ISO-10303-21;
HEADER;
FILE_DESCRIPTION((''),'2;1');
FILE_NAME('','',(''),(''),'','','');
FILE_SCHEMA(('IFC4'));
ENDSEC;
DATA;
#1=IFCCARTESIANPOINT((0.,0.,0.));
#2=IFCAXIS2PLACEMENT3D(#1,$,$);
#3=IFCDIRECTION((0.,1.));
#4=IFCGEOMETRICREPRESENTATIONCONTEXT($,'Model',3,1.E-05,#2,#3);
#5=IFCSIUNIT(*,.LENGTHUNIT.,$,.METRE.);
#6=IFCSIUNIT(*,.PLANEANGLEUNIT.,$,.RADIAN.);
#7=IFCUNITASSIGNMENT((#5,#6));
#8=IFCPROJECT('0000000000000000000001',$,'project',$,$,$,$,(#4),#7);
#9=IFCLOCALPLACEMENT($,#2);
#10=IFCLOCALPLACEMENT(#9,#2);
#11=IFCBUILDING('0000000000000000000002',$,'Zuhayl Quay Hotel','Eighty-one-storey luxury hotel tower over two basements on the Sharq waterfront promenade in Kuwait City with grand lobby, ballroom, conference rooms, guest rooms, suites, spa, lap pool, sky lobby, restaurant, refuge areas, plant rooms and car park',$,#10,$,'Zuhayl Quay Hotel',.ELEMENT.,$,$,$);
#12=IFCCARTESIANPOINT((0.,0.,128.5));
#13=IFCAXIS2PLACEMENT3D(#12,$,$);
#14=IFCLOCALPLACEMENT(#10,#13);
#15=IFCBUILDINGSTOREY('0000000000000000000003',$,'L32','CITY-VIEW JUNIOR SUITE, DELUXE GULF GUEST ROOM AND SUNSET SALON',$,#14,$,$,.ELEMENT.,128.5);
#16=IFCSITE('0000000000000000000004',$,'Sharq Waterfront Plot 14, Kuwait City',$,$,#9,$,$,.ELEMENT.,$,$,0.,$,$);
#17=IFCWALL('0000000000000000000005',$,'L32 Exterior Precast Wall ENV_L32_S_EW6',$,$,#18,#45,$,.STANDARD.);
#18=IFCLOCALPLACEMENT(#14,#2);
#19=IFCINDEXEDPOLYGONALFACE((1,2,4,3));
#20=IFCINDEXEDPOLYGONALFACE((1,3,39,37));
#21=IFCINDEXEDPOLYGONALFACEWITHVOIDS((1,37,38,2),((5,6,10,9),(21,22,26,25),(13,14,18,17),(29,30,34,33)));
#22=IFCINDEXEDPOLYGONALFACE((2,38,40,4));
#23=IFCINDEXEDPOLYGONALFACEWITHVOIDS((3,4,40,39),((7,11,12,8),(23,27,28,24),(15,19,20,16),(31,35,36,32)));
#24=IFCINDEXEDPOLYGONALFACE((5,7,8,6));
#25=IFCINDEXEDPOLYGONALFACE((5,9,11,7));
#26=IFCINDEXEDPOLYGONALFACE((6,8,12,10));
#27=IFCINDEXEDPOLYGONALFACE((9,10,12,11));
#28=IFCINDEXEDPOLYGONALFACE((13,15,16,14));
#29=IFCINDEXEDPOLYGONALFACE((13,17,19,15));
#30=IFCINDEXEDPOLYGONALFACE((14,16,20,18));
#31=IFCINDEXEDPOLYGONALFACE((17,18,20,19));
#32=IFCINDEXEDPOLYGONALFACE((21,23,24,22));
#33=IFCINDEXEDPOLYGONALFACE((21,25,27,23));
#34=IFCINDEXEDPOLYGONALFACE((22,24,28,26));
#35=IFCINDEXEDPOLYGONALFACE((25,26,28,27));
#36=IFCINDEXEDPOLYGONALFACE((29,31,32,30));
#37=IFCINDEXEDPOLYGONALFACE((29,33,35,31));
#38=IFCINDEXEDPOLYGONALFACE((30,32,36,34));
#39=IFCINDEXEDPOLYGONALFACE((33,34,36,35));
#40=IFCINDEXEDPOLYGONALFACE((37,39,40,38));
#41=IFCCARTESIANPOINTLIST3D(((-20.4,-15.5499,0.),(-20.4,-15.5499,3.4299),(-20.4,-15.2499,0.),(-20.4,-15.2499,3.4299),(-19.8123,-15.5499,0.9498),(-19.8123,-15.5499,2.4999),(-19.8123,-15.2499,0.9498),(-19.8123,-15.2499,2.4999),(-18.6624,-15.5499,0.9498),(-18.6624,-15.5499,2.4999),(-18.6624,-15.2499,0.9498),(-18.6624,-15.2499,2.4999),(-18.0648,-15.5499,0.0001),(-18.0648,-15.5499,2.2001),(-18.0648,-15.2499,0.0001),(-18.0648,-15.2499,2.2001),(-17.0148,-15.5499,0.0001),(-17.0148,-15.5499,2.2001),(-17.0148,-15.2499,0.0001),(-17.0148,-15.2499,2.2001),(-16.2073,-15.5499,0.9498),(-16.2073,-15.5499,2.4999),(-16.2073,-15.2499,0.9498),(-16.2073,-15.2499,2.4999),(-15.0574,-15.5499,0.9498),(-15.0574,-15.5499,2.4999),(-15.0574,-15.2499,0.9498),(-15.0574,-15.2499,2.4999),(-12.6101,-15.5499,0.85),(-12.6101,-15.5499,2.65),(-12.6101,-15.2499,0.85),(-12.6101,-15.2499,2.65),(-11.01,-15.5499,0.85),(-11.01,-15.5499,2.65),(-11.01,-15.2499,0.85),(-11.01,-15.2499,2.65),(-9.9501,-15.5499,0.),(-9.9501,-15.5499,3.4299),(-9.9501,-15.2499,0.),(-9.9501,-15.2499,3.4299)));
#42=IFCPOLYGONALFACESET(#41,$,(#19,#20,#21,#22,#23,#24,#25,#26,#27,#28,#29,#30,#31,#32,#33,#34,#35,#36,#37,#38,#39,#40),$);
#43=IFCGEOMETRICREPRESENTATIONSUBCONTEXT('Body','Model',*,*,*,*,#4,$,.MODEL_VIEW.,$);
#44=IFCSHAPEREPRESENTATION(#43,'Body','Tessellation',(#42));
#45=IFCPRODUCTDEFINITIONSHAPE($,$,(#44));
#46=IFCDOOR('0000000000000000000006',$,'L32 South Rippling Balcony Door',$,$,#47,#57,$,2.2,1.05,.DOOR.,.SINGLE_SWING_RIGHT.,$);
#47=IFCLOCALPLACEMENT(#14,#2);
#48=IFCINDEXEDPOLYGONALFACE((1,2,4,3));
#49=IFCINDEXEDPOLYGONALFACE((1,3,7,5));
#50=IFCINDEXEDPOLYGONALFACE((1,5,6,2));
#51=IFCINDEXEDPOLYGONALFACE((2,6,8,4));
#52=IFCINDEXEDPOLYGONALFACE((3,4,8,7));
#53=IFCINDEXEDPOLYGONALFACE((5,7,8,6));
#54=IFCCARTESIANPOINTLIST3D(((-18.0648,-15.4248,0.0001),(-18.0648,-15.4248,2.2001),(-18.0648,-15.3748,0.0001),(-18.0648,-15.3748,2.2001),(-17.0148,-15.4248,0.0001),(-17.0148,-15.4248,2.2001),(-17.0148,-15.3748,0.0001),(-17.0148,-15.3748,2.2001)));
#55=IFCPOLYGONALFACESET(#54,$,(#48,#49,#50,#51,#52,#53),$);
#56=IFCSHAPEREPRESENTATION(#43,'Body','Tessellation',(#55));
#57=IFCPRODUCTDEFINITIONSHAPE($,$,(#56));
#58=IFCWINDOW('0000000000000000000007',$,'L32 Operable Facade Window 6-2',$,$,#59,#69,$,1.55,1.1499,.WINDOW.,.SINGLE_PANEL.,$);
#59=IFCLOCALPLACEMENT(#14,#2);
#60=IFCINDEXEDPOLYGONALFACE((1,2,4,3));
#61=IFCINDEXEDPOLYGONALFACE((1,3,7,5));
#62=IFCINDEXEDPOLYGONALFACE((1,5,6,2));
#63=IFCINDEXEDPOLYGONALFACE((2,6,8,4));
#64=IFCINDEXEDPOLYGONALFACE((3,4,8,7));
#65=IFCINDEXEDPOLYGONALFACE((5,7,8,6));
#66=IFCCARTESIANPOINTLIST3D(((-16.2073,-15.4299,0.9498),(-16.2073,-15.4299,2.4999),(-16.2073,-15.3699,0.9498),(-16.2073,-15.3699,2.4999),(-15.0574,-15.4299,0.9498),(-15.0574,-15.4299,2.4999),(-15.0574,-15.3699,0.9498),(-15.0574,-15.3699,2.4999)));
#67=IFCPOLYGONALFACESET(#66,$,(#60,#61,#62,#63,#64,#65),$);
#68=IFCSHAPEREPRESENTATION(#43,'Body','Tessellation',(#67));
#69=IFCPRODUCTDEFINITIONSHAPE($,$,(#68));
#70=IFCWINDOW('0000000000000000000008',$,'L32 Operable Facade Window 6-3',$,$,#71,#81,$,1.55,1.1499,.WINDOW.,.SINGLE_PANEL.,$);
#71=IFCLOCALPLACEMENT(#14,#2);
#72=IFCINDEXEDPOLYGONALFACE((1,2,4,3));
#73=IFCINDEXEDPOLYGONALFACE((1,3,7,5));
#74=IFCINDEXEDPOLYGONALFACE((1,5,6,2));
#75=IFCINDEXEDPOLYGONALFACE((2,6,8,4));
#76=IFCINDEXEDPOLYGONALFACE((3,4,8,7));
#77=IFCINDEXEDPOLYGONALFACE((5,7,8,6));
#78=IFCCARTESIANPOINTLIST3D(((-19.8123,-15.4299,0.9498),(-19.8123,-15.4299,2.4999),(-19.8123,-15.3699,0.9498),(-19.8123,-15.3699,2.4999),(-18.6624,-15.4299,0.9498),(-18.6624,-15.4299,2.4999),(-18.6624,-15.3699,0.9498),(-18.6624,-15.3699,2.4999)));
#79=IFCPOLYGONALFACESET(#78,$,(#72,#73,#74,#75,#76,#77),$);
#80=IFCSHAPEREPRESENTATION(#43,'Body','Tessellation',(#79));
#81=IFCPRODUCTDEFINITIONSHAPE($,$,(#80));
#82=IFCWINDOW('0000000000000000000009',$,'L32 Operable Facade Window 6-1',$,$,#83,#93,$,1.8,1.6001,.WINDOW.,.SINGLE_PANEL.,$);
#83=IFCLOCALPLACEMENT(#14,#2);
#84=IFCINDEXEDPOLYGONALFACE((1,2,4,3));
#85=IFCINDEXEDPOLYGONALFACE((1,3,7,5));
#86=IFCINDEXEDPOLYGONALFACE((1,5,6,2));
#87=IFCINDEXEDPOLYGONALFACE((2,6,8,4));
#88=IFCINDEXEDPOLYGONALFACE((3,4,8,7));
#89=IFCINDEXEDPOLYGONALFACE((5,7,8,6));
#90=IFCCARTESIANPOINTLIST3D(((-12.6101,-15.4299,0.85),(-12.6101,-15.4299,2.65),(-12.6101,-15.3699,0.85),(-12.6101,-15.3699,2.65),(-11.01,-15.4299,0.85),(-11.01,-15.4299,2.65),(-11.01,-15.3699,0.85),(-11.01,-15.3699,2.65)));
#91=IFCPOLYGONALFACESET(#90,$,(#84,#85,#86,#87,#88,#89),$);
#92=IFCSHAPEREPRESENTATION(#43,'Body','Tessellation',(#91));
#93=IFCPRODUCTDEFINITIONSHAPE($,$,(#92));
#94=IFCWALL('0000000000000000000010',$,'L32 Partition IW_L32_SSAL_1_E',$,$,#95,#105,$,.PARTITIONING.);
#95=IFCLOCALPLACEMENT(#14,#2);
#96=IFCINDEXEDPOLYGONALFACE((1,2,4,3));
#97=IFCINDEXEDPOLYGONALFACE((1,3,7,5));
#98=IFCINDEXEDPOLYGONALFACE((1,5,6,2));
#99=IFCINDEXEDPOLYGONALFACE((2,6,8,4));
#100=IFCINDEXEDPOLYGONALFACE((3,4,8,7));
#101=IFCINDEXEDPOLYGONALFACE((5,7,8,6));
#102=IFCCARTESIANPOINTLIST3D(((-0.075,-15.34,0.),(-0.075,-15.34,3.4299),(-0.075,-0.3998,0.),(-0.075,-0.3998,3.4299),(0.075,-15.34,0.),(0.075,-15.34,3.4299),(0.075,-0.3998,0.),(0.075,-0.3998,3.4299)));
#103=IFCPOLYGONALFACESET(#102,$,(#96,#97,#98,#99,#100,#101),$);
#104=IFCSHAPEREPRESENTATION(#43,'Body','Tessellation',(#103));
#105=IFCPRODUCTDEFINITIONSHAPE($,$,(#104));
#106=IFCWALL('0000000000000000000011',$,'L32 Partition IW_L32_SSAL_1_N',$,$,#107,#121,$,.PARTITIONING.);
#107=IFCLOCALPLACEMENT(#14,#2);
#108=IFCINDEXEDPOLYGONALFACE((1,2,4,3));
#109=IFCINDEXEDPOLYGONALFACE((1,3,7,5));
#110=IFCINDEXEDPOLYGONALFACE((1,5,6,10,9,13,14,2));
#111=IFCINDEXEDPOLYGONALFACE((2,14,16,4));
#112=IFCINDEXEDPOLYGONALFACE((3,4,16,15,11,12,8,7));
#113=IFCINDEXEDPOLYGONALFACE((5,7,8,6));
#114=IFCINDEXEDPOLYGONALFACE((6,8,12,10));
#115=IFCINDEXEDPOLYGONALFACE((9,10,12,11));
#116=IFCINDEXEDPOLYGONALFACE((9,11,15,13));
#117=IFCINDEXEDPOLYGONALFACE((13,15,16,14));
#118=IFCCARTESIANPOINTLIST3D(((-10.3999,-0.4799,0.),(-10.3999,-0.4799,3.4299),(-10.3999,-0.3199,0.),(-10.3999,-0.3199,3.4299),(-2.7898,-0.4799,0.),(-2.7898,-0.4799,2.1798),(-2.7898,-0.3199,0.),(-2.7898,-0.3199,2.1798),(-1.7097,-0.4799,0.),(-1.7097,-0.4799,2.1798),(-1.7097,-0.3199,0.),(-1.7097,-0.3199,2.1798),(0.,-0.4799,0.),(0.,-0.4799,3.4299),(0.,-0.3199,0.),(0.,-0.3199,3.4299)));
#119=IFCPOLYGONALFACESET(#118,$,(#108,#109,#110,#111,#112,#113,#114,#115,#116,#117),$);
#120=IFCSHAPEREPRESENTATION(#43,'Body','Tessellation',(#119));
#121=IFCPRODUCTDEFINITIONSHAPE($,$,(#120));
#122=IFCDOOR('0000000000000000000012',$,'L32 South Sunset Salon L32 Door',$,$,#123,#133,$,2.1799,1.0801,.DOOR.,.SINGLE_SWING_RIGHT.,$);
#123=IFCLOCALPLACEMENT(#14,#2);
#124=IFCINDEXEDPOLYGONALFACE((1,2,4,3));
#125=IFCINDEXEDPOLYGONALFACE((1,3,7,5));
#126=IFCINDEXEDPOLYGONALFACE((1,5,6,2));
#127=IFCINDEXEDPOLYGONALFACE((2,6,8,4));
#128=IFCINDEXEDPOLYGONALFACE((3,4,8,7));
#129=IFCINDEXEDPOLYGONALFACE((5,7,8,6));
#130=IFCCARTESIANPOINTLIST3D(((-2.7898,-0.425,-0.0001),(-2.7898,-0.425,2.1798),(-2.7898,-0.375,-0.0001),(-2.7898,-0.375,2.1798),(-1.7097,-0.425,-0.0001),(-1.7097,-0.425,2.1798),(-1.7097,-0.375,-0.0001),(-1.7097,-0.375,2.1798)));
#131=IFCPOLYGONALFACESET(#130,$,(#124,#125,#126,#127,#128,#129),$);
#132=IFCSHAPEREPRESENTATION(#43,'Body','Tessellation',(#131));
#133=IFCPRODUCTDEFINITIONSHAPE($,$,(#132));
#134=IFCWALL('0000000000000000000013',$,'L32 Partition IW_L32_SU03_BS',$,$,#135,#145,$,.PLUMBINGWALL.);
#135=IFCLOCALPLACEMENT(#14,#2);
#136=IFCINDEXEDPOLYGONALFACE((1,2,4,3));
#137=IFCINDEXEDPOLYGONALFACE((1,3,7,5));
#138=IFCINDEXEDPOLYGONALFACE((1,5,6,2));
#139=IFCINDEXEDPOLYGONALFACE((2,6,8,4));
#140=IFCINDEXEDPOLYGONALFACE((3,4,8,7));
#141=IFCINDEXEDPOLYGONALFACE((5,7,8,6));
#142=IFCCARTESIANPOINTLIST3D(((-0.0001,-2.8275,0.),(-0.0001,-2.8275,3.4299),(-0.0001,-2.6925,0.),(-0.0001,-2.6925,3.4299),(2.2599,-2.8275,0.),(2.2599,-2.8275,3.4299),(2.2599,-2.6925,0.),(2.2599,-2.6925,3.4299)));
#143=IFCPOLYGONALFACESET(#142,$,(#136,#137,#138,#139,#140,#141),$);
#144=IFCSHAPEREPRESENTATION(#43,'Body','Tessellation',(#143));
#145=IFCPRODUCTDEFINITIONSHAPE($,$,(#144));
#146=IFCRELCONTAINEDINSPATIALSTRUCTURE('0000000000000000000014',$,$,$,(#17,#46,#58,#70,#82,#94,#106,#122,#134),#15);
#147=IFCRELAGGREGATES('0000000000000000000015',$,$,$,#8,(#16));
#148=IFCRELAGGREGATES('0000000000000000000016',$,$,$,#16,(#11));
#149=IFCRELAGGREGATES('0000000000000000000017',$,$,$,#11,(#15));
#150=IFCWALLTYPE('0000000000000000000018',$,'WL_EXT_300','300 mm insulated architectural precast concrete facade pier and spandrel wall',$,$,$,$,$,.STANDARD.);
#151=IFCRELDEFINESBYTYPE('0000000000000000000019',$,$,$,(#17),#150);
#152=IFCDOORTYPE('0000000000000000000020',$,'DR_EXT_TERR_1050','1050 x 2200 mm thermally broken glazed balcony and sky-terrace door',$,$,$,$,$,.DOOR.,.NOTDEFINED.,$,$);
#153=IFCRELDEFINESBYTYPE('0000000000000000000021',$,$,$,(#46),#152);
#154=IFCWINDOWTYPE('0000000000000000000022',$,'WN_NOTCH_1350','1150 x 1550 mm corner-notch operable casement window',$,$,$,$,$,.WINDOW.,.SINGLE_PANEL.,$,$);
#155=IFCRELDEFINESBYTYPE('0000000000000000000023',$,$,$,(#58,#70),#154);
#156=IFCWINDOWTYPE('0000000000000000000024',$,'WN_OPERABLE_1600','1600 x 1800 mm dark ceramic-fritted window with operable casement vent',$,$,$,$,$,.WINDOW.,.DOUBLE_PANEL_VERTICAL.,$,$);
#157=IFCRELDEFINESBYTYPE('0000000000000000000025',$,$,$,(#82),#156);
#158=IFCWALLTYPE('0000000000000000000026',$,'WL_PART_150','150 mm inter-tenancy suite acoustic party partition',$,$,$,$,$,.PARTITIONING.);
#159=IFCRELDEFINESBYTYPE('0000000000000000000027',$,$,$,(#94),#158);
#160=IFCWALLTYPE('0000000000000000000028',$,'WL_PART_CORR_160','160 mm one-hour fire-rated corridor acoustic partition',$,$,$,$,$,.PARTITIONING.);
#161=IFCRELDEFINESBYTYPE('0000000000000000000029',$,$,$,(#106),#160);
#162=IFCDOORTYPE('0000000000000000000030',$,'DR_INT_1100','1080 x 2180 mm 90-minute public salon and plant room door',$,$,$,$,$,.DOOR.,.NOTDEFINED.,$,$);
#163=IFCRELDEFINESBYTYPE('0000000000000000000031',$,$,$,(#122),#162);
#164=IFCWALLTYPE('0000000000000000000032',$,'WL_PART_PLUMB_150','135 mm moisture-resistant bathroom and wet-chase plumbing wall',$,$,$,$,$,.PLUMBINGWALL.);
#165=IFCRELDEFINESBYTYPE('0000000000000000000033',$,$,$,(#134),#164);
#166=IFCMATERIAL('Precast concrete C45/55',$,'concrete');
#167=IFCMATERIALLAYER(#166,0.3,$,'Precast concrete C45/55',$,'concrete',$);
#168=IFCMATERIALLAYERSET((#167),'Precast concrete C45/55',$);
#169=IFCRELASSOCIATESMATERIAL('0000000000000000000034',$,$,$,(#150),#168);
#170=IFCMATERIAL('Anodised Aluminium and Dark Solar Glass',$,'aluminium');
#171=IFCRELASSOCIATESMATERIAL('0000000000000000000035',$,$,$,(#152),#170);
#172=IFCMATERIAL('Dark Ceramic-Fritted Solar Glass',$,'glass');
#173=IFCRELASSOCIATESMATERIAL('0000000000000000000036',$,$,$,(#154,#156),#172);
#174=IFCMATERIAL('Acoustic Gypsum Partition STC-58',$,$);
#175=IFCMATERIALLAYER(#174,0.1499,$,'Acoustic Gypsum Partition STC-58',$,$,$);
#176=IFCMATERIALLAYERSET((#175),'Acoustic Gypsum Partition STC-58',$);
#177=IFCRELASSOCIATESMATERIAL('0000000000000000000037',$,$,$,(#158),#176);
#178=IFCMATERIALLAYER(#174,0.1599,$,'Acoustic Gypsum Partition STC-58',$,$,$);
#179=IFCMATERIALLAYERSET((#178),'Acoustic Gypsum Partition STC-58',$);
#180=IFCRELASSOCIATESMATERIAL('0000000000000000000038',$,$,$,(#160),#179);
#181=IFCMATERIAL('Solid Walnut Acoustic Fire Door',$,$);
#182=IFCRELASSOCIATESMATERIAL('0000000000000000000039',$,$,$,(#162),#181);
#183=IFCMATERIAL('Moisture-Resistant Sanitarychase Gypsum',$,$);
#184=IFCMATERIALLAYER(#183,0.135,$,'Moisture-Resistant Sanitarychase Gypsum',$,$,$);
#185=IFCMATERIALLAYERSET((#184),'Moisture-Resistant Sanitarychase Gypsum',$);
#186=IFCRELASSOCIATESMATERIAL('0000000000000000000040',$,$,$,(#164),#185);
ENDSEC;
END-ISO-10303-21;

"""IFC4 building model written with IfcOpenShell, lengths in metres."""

from ifc_helpers import new_model, si_unit, direction, frame, frame_2d, origin, place, context, subcontext, project, spatial, rectangle, extrude, material, layer, layer_set, type_object, element, fill, save


model = new_model("IFC4")

# Units and contexts
model_context = context("Model", 3, precision=1e-05, world=origin(), true_north=direction((0.0, 1.0)))
body_context = subcontext(model_context, "Body", "Model", "MODEL_VIEW")
ifc_project = project(units=[si_unit("LENGTHUNIT", "METRE"), si_unit("PLANEANGLEUNIT", "RADIAN")], contexts=[model_context])

# Site, building, storey
site_placement = place(None, origin())
site = spatial("IfcSite", under=ifc_project, at=site_placement, Name="Sharq Waterfront Plot 14, Kuwait City", CompositionType="ELEMENT", RefElevation=0.0)
building_placement = place(site_placement, origin())
building = spatial("IfcBuilding", under=site, at=building_placement, Name="Zuhayl Quay Hotel", Description="Eighty-one-storey luxury hotel tower over two basements on the Sharq waterfront promenade in Kuwait City with grand lobby, ballroom, conference rooms, guest rooms, suites, spa, lap pool, sky lobby, restaurant, refuge areas, plant rooms and car park", LongName="Zuhayl Quay Hotel", CompositionType="ELEMENT")
storey_placement = place(building_placement, frame((0.0, 0.0, 128.5)))
storey = spatial("IfcBuildingStorey", under=building, at=storey_placement, Name="L32", Description="CITY-VIEW JUNIOR SUITE, DELUXE GULF GUEST ROOM AND SUNSET SALON", CompositionType="ELEMENT", Elevation=128.5)

# Shared definitions
ifc_material_1 = material(Name="Dark Ceramic-Fritted Solar Glass", Category="glass")

# Shared definitions
ifc_material_2 = material(Name="Precast concrete C45/55", Category="concrete")
ifc_layer_1 = layer(ifc_material_2, 0.3, Name="Precast concrete C45/55", Category="concrete")
ifc_layer_set_1 = layer_set([ifc_layer_1], Name="Precast concrete C45/55")
wall_type_1 = type_object("IfcWallType", Name="WL_EXT_300", Description="300 mm insulated architectural precast concrete facade pier and spandrel wall", PredefinedType="STANDARD", material=ifc_layer_set_1)

# Wall, openings, door, windows
wall_1_placement = place(storey_placement, frame((-9.95, -15.3999, 0.0), z_axis=(0.0, 0.0, 1.0), x_axis=(-1.0, 0.0, 0.0)))
wall_1 = element("IfcWall", 1, at=wall_1_placement, inside=storey, type_object=wall_type_1, Name="L32 Exterior Precast Wall ENV_L32_S_EW6", PredefinedType="STANDARD", context=body_context, shape_type="SweptSolid", body=[
    extrude(rectangle(XDim=10.45, YDim=0.3, at=frame_2d((5.2251, 0.0))), origin(), (0.0, 0.0, 1.0), 3.4299),
])
opening_1_placement = place(wall_1_placement, frame((7.0649, 0.0, 0.0)))
opening_1 = element("IfcOpeningElement", 2, at=opening_1_placement, cuts=wall_1, PredefinedType="OPENING", context=body_context, shape_type="SweptSolid", body=[
    extrude(rectangle(XDim=1.05, YDim=2.2, at=frame_2d((0.5249, 1.1001))), frame((0.0, 0.1599, 0.0), z_axis=(0.0, -1.0, 0.0), x_axis=(1.0, 0.0, 0.0)), (0.0, 0.0, 1.0), 0.3201),
])
opening_2_placement = place(wall_1_placement, frame((1.0601, 0.0, 0.8501)))
opening_2 = element("IfcOpeningElement", 3, at=opening_2_placement, cuts=wall_1, PredefinedType="OPENING", context=body_context, shape_type="SweptSolid", body=[
    extrude(rectangle(XDim=1.6001, YDim=1.8, at=frame_2d((0.8, 0.8999))), frame((0.0, 0.1599, 0.0), z_axis=(0.0, -1.0, 0.0), x_axis=(1.0, 0.0, 0.0)), (0.0, 0.0, 1.0), 0.3201),
])
opening_3_placement = place(wall_1_placement, frame((5.1074, 0.0, 0.95)))
opening_3 = element("IfcOpeningElement", 4, at=opening_3_placement, cuts=wall_1, PredefinedType="OPENING", context=body_context, shape_type="SweptSolid", body=[
    extrude(rectangle(XDim=1.1499, YDim=1.55, at=frame_2d((0.575, 0.7749))), frame((0.0, 0.1599, 0.0), z_axis=(0.0, -1.0, 0.0), x_axis=(1.0, 0.0, 0.0)), (0.0, 0.0, 1.0), 0.3201),
])
opening_4_placement = place(wall_1_placement, frame((8.7124, 0.0, 0.95)))
opening_4 = element("IfcOpeningElement", 5, at=opening_4_placement, cuts=wall_1, PredefinedType="OPENING", context=body_context, shape_type="SweptSolid", body=[
    extrude(rectangle(XDim=1.1499, YDim=1.55, at=frame_2d((0.575, 0.7749))), frame((0.0, 0.1599, 0.0), z_axis=(0.0, -1.0, 0.0), x_axis=(1.0, 0.0, 0.0)), (0.0, 0.0, 1.0), 0.3201),
])
ifc_material_3 = material(Name="Anodised Aluminium and Dark Solar Glass", Category="aluminium")
door_type_1 = type_object("IfcDoorType", Name="DR_EXT_TERR_1050", Description="1050 x 2200 mm thermally broken glazed balcony and sky-terrace door", OperationType="NOTDEFINED", PredefinedType="DOOR", material=ifc_material_3)
door_1_placement = place(opening_1_placement, origin())
door_1 = element("IfcDoor", 6, at=door_1_placement, inside=storey, type_object=door_type_1, Name="L32 South Rippling Balcony Door", OperationType="SINGLE_SWING_RIGHT", OverallHeight=2.2, OverallWidth=1.05, PredefinedType="DOOR", context=body_context, shape_type="SweptSolid", body=[
    extrude(rectangle(XDim=1.05, YDim=2.2, at=frame_2d((0.5249, 1.1001))), frame((0.0, 0.0249, 0.0), z_axis=(0.0, -1.0, 0.0), x_axis=(1.0, 0.0, 0.0)), (0.0, 0.0, 1.0), 0.05),
])
fill(opening_1, door_1)
window_type_1 = type_object("IfcWindowType", Name="WN_NOTCH_1350", Description="1150 x 1550 mm corner-notch operable casement window", PartitioningType="SINGLE_PANEL", PredefinedType="WINDOW", material=ifc_material_1)
window_1_placement = place(opening_3_placement, origin())
window_1 = element("IfcWindow", 7, at=window_1_placement, inside=storey, type_object=window_type_1, Name="L32 Operable Facade Window 6-2", OverallHeight=1.55, OverallWidth=1.1499, PartitioningType="SINGLE_PANEL", PredefinedType="WINDOW", context=body_context, shape_type="SweptSolid", body=[
    extrude(rectangle(XDim=1.1499, YDim=1.55, at=frame_2d((0.575, 0.7749))), frame((0.0, 0.03, 0.0), z_axis=(0.0, -1.0, 0.0), x_axis=(1.0, 0.0, 0.0)), (0.0, 0.0, 1.0), 0.0601),
])
fill(opening_3, window_1)
window_2_placement = place(opening_4_placement, origin())
window_2 = element("IfcWindow", 8, at=window_2_placement, inside=storey, type_object=window_type_1, Name="L32 Operable Facade Window 6-3", OverallHeight=1.55, OverallWidth=1.1499, PartitioningType="SINGLE_PANEL", PredefinedType="WINDOW", context=body_context, shape_type="SweptSolid", body=[
    extrude(rectangle(XDim=1.1499, YDim=1.55, at=frame_2d((0.575, 0.7749))), frame((0.0, 0.03, 0.0), z_axis=(0.0, -1.0, 0.0), x_axis=(1.0, 0.0, 0.0)), (0.0, 0.0, 1.0), 0.0601),
])
fill(opening_4, window_2)
window_type_2 = type_object("IfcWindowType", Name="WN_OPERABLE_1600", Description="1600 x 1800 mm dark ceramic-fritted window with operable casement vent", PartitioningType="DOUBLE_PANEL_VERTICAL", PredefinedType="WINDOW", material=ifc_material_1)
window_3_placement = place(opening_2_placement, origin())
window_3 = element("IfcWindow", 9, at=window_3_placement, inside=storey, type_object=window_type_2, Name="L32 Operable Facade Window 6-1", OverallHeight=1.8, OverallWidth=1.6001, PartitioningType="SINGLE_PANEL", PredefinedType="WINDOW", context=body_context, shape_type="SweptSolid", body=[
    extrude(rectangle(XDim=1.6001, YDim=1.8, at=frame_2d((0.8, 0.8999))), frame((0.0, 0.03, 0.0), z_axis=(0.0, -1.0, 0.0), x_axis=(1.0, 0.0, 0.0)), (0.0, 0.0, 1.0), 0.0601),
])
fill(opening_2, window_3)

# Wall
ifc_material_4 = material(Name="Acoustic Gypsum Partition STC-58")
ifc_layer_2 = layer(ifc_material_4, 0.1499, Name="Acoustic Gypsum Partition STC-58")
ifc_layer_set_2 = layer_set([ifc_layer_2], Name="Acoustic Gypsum Partition STC-58")
wall_type_2 = type_object("IfcWallType", Name="WL_PART_150", Description="150 mm inter-tenancy suite acoustic party partition", PredefinedType="PARTITIONING", material=ifc_layer_set_2)
wall_2_placement = place(storey_placement, frame((0.0, -15.3401, 0.0), z_axis=(0.0, 0.0, 1.0), x_axis=(0.0, 1.0, 0.0)))
element("IfcWall", 10, at=wall_2_placement, inside=storey, type_object=wall_type_2, Name="L32 Partition IW_L32_SSAL_1_E", PredefinedType="PARTITIONING", context=body_context, shape_type="SweptSolid", body=[
    extrude(rectangle(XDim=14.9402, YDim=0.1499, at=frame_2d((7.4702, 0.0))), origin(), (0.0, 0.0, 1.0), 3.4299),
])

# Wall, opening, door
ifc_layer_3 = layer(ifc_material_4, 0.1599, Name="Acoustic Gypsum Partition STC-58")
ifc_layer_set_3 = layer_set([ifc_layer_3], Name="Acoustic Gypsum Partition STC-58")
wall_type_3 = type_object("IfcWallType", Name="WL_PART_CORR_160", Description="160 mm one-hour fire-rated corridor acoustic partition", PredefinedType="PARTITIONING", material=ifc_layer_set_3)
wall_3_placement = place(storey_placement, frame((-10.3999, -0.3999, 0.0), z_axis=(0.0, 0.0, 1.0), x_axis=(1.0, 0.0, 0.0)))
wall_3 = element("IfcWall", 11, at=wall_3_placement, inside=storey, type_object=wall_type_3, Name="L32 Partition IW_L32_SSAL_1_N", PredefinedType="PARTITIONING", context=body_context, shape_type="SweptSolid", body=[
    extrude(rectangle(XDim=10.3999, YDim=0.1599, at=frame_2d((5.2, 0.0))), origin(), (0.0, 0.0, 1.0), 3.4299),
])
opening_5_placement = place(wall_3_placement, frame((7.6101, 0.0, 0.0)))
opening_5 = element("IfcOpeningElement", 12, at=opening_5_placement, cuts=wall_3, PredefinedType="OPENING", context=body_context, shape_type="SweptSolid", body=[
    extrude(rectangle(XDim=1.0801, YDim=2.1799, at=frame_2d((0.54, 1.0898))), frame((0.0, 0.0898, 0.0), z_axis=(0.0, -1.0, 0.0), x_axis=(1.0, 0.0, 0.0)), (0.0, 0.0, 1.0), 0.1799),
])
ifc_material_5 = material(Name="Solid Walnut Acoustic Fire Door")
door_type_2 = type_object("IfcDoorType", Name="DR_INT_1100", Description="1080 x 2180 mm 90-minute public salon and plant room door", OperationType="NOTDEFINED", PredefinedType="DOOR", material=ifc_material_5)
door_2_placement = place(opening_5_placement, origin())
door_2 = element("IfcDoor", 13, at=door_2_placement, inside=storey, type_object=door_type_2, Name="L32 South Sunset Salon L32 Door", OperationType="SINGLE_SWING_RIGHT", OverallHeight=2.1799, OverallWidth=1.0801, PredefinedType="DOOR", context=body_context, shape_type="SweptSolid", body=[
    extrude(rectangle(XDim=1.0801, YDim=2.1799, at=frame_2d((0.54, 1.0898))), frame((0.0, 0.0249, 0.0), z_axis=(0.0, -1.0, 0.0), x_axis=(1.0, 0.0, 0.0)), (0.0, 0.0, 1.0), 0.05),
])
fill(opening_5, door_2)

# Wall
ifc_material_6 = material(Name="Moisture-Resistant Sanitarychase Gypsum")
ifc_layer_4 = layer(ifc_material_6, 0.135, Name="Moisture-Resistant Sanitarychase Gypsum")
ifc_layer_set_4 = layer_set([ifc_layer_4], Name="Moisture-Resistant Sanitarychase Gypsum")
wall_type_4 = type_object("IfcWallType", Name="WL_PART_PLUMB_150", Description="135 mm moisture-resistant bathroom and wet-chase plumbing wall", PredefinedType="PLUMBINGWALL", material=ifc_layer_set_4)
wall_4_placement = place(storey_placement, frame((0.0, -2.76, 0.0), z_axis=(0.0, 0.0, 1.0), x_axis=(1.0, 0.0, 0.0)))
element("IfcWall", 14, at=wall_4_placement, inside=storey, type_object=wall_type_4, Name="L32 Partition IW_L32_SU03_BS", PredefinedType="PLUMBINGWALL", context=body_context, shape_type="SweptSolid", body=[
    extrude(rectangle(XDim=2.26, YDim=0.135, at=frame_2d((1.1299, 0.0))), origin(), (0.0, 0.0, 1.0), 3.4299),
])

save(model, "model.ifc")
